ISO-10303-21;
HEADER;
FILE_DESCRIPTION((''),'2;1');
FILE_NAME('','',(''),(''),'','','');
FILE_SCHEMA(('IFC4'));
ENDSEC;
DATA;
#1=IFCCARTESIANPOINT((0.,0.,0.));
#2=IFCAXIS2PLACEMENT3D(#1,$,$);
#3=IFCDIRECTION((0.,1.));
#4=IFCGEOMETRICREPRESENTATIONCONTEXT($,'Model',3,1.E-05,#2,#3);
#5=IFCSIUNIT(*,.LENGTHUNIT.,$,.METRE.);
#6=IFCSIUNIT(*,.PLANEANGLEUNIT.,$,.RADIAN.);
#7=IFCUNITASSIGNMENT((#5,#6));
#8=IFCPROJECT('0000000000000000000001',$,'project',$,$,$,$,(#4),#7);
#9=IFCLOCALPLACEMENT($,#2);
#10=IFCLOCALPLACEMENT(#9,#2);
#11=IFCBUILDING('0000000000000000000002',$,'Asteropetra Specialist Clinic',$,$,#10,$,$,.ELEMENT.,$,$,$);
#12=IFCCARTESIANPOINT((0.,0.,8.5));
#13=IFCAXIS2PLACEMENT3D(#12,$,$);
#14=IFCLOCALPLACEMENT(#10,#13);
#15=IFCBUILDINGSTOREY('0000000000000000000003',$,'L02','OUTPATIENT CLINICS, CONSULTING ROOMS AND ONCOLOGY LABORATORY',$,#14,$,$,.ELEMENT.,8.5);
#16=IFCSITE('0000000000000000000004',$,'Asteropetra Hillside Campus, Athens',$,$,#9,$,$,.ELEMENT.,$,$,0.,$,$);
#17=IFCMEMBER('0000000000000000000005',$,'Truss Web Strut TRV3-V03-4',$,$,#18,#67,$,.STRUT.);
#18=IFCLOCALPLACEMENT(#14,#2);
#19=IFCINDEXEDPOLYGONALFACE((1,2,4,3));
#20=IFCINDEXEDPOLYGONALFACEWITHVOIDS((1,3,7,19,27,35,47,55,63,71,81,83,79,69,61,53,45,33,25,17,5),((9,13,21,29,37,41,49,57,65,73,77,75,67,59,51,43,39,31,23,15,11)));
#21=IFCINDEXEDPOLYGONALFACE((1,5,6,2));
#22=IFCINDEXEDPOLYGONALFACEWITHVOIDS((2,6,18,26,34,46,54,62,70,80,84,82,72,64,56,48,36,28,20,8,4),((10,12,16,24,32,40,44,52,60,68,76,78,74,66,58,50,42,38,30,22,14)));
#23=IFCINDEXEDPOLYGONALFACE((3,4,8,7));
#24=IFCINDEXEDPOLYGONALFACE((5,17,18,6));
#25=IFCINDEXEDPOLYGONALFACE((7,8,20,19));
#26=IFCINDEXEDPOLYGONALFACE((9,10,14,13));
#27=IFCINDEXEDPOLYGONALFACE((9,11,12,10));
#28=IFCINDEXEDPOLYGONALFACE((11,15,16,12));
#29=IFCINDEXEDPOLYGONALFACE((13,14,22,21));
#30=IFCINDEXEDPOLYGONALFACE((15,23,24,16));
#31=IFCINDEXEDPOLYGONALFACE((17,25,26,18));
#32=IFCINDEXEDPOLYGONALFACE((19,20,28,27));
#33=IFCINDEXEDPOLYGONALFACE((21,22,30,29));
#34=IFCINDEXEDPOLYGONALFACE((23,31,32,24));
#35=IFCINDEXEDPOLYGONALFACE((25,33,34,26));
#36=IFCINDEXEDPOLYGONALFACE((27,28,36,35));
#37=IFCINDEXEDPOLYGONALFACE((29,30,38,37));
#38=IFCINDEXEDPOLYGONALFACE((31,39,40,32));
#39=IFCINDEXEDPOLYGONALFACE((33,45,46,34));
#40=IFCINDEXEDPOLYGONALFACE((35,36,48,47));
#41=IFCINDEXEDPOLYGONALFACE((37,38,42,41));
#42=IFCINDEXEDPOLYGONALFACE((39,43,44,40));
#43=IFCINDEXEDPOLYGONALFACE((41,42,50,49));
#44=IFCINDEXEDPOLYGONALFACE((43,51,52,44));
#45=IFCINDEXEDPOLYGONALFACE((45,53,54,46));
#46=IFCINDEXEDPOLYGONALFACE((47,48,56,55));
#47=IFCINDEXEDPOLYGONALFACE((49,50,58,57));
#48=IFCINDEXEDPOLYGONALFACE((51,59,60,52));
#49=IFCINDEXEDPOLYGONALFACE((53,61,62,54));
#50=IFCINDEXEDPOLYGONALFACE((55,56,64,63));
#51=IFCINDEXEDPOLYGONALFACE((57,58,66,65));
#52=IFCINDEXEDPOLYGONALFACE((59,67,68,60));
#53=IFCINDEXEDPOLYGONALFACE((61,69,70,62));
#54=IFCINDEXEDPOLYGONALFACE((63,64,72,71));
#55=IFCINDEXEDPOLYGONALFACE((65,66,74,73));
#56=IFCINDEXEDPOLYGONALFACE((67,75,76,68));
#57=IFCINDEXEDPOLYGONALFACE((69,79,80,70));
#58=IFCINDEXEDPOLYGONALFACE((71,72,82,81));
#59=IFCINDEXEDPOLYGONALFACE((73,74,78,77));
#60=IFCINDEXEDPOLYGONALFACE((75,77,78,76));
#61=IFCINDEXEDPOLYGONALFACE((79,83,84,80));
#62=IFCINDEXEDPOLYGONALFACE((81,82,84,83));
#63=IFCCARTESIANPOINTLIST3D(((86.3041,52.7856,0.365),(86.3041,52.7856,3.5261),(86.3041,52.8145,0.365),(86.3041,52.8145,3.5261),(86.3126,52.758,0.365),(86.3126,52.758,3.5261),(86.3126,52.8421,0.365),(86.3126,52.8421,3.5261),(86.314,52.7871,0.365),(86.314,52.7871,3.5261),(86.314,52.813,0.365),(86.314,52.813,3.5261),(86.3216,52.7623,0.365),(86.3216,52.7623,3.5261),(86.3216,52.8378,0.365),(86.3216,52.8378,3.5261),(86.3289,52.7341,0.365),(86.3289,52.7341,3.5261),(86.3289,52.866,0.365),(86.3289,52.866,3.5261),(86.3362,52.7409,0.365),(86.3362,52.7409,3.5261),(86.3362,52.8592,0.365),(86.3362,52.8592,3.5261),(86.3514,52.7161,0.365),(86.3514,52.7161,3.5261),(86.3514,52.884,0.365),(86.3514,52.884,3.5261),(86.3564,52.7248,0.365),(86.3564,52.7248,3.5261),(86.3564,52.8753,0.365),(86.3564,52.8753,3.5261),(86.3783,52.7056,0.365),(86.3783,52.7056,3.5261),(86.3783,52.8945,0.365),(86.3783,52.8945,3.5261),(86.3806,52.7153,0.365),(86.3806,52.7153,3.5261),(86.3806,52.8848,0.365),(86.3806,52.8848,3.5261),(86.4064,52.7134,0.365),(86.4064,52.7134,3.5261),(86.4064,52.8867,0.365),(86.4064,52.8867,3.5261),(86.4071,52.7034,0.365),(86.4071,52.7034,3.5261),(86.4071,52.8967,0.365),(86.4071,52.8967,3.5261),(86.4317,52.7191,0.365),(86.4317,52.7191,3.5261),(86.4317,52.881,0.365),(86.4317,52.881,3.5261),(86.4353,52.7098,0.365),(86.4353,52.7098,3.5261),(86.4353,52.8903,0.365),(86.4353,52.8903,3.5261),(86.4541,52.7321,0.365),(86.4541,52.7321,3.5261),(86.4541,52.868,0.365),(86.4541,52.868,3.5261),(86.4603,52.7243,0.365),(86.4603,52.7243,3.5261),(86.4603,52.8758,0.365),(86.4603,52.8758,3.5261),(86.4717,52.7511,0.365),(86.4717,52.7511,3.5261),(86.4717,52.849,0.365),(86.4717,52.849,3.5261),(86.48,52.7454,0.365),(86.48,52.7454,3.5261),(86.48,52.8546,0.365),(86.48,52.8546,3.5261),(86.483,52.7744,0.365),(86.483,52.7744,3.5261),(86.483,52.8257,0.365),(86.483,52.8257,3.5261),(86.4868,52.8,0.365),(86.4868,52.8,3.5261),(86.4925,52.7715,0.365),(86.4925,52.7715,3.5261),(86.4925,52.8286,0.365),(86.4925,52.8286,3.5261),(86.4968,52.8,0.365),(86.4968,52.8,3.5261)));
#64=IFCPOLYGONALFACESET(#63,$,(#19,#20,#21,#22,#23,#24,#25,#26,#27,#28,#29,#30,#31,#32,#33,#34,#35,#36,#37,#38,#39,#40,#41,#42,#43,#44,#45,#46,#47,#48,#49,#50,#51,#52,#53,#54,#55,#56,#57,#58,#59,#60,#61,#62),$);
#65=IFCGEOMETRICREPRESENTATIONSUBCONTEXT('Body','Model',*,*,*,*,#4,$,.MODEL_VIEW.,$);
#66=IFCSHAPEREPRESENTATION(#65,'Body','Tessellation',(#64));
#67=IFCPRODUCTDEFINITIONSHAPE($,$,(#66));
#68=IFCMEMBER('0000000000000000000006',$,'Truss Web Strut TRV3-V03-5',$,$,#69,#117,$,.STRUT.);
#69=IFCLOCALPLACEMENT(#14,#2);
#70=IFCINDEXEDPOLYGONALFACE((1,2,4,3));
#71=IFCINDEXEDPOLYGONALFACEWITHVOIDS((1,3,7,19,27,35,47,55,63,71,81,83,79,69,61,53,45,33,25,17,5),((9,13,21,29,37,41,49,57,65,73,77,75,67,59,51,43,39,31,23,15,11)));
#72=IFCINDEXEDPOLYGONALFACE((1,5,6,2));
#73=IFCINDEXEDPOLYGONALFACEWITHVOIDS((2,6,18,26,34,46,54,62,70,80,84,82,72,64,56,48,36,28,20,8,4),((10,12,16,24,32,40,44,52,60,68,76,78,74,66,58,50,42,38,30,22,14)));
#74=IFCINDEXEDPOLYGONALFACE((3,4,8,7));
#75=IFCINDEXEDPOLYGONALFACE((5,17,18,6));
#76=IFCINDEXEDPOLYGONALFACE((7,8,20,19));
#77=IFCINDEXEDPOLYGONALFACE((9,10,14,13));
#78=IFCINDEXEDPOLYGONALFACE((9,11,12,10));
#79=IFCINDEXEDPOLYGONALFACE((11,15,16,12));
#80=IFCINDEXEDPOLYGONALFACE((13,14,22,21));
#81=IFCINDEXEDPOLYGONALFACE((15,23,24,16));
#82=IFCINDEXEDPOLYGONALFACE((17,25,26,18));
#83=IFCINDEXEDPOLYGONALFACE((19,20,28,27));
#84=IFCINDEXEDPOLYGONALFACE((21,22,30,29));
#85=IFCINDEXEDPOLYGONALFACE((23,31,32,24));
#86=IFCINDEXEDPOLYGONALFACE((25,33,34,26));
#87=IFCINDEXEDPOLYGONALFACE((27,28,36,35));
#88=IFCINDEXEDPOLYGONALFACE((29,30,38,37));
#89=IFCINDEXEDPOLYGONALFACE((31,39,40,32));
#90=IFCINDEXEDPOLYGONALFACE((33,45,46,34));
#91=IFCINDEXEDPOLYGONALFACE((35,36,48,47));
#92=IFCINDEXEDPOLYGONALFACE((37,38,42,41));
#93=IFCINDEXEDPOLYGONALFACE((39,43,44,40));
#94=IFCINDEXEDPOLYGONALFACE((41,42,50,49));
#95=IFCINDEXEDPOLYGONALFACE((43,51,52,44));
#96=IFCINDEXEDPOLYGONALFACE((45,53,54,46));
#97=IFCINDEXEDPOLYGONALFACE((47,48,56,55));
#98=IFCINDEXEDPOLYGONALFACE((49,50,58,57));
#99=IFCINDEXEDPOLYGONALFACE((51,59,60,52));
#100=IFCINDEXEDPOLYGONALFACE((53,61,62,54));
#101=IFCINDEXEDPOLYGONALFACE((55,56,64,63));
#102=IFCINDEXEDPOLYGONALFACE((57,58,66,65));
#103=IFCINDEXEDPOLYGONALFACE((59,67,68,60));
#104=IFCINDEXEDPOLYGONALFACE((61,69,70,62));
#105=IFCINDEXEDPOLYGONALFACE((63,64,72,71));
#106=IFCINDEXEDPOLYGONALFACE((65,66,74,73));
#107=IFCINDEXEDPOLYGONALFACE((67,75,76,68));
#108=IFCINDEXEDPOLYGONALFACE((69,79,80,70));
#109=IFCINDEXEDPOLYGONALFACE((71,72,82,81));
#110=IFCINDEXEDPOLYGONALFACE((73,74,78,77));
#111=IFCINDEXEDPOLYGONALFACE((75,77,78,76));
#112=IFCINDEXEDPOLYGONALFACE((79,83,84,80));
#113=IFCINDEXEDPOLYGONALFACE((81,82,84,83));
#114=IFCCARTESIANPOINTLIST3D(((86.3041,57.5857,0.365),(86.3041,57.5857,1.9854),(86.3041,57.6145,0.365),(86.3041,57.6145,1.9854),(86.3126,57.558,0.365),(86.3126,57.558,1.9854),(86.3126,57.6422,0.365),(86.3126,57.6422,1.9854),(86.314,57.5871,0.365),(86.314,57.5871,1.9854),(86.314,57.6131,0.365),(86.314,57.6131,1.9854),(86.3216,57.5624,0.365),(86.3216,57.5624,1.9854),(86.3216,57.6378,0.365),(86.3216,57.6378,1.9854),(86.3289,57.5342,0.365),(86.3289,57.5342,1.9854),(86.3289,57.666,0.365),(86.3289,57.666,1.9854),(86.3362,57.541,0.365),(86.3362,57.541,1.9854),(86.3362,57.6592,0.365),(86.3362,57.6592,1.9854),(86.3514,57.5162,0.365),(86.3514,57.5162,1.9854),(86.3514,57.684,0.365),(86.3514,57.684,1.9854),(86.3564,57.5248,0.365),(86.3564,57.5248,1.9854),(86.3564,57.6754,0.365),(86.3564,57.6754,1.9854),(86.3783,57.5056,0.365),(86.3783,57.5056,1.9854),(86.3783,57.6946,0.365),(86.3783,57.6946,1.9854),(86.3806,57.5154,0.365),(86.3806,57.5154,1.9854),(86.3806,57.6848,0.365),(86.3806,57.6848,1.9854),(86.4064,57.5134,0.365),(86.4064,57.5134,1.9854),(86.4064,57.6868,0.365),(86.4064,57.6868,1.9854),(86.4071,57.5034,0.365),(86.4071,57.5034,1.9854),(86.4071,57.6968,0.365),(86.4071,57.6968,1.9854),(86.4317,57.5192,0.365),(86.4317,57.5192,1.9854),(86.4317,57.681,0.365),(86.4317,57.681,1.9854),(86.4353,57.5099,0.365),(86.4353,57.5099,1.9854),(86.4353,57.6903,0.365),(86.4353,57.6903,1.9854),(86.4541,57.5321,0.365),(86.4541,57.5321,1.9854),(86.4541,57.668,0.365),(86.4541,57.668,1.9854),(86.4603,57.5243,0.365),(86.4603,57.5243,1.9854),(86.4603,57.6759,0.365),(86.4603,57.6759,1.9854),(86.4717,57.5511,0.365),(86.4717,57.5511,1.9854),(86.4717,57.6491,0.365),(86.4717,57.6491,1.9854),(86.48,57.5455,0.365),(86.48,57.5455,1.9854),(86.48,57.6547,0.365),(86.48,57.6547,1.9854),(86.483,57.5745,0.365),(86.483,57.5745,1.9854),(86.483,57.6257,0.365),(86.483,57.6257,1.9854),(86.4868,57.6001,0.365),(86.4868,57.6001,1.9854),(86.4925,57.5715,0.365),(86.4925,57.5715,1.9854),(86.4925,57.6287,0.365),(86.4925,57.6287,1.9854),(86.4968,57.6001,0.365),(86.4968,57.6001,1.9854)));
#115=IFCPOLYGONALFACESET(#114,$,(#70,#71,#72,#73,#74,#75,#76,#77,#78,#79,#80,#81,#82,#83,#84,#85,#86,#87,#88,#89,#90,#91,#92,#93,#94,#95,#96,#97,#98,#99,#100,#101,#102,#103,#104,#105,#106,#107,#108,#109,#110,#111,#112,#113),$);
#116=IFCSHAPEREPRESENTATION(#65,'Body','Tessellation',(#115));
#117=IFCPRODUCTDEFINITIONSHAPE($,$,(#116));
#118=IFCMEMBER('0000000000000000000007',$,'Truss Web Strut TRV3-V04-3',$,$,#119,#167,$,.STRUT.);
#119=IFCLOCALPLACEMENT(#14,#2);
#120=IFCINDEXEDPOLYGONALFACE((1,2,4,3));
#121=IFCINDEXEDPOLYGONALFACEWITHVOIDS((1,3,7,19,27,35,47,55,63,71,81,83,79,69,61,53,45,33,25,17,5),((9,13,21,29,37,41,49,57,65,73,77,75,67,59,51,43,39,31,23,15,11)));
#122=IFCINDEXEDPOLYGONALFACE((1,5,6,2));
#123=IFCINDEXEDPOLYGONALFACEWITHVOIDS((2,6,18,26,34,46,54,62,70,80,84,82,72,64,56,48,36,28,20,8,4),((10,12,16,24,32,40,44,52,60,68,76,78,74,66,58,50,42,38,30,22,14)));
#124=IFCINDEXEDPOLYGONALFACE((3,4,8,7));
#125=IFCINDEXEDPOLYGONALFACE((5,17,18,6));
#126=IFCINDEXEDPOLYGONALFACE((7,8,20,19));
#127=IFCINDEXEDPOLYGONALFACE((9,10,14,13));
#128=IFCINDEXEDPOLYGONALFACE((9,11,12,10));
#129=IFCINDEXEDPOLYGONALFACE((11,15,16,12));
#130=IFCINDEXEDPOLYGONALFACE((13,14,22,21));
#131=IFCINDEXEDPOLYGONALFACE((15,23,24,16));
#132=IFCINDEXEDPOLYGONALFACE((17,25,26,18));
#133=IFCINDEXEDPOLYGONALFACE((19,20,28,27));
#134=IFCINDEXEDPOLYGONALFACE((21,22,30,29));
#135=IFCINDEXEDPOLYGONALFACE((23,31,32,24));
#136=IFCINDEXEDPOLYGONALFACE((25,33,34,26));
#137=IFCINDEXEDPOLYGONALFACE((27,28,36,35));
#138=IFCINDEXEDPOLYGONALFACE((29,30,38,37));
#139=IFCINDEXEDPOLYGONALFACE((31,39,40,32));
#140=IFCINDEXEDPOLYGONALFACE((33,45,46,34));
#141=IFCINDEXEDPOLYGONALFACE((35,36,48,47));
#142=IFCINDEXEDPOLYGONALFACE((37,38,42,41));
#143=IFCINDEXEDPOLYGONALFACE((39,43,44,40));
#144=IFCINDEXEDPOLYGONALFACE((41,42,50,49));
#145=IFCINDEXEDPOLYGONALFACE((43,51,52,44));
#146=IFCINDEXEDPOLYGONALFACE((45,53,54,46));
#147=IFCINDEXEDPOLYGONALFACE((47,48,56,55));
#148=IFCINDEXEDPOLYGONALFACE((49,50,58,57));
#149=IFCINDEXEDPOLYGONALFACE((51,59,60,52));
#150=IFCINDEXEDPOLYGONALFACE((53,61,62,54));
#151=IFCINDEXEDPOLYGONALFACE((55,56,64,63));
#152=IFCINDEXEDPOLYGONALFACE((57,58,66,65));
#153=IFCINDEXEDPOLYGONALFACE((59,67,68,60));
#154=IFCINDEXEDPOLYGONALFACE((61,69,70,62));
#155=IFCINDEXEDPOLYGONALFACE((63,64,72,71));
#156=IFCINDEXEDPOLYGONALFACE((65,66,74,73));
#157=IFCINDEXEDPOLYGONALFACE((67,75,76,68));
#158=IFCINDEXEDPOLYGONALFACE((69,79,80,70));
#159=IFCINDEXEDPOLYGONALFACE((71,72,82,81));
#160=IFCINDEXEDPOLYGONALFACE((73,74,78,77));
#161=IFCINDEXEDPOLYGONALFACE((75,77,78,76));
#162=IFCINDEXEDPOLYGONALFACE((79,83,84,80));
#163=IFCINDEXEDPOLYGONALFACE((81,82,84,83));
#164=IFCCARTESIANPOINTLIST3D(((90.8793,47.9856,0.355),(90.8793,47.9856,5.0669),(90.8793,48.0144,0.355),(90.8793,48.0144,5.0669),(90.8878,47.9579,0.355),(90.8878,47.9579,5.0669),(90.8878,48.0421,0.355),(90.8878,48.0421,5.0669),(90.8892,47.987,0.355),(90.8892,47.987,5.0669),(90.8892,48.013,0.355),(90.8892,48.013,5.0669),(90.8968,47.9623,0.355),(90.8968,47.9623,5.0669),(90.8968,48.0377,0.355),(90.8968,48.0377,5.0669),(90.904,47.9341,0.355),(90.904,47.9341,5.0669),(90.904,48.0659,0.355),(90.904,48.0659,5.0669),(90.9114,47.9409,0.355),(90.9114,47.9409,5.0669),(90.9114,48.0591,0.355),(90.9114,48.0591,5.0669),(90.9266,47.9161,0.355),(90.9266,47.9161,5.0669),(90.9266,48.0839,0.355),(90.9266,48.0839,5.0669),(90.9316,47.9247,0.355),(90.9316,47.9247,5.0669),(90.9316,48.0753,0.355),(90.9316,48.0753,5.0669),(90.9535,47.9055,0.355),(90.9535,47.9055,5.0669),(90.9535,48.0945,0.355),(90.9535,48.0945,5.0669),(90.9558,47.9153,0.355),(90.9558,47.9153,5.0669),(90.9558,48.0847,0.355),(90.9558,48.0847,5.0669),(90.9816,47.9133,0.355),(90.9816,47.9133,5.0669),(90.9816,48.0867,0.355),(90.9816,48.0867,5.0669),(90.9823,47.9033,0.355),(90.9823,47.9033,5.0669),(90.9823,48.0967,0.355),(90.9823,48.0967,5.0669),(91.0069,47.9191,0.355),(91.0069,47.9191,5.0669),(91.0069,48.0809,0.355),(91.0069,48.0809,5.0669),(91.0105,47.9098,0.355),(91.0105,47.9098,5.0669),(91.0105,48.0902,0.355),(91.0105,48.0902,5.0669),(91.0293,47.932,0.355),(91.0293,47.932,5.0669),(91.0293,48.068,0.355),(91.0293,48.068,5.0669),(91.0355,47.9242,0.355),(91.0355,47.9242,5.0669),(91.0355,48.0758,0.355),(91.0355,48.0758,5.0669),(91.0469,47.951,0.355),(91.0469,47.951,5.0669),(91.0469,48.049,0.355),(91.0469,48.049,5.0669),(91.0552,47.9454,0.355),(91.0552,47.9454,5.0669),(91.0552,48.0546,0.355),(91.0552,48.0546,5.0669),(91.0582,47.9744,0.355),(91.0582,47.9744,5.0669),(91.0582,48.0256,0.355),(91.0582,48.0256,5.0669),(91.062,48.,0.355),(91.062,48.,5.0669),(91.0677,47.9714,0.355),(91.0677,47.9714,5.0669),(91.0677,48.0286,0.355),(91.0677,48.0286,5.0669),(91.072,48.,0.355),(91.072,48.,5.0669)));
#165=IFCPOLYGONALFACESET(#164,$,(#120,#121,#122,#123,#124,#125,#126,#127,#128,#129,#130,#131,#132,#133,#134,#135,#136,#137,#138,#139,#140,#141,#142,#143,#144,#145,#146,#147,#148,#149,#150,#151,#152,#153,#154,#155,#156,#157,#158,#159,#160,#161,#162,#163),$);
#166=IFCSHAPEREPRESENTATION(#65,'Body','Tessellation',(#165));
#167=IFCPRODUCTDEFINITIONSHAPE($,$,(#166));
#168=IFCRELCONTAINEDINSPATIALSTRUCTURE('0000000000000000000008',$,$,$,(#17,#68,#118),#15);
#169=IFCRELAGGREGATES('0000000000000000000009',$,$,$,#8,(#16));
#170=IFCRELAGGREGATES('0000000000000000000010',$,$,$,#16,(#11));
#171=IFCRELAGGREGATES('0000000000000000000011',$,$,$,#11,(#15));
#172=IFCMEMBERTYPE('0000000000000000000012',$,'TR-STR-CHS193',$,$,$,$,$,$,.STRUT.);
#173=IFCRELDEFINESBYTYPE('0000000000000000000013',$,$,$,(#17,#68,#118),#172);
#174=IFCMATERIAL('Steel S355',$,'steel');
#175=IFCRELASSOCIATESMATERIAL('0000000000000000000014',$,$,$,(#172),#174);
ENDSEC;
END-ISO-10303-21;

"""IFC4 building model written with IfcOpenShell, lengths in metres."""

from ifc_helpers import new_model, si_unit, direction, frame, origin, origin_2d, place, context, subcontext, project, spatial, hollow_circle, extrude, material, material_profile, profile_set, type_object, element, save


model = new_model("IFC4")

# Units and contexts
model_context = context("Model", 3, precision=1e-05, world=origin(), true_north=direction((0.0, 1.0)))
body_context = subcontext(model_context, "Body", "Model", "MODEL_VIEW")
ifc_project = project(units=[si_unit("LENGTHUNIT", "METRE"), si_unit("PLANEANGLEUNIT", "RADIAN")], contexts=[model_context])

# Site, building, storey
site_placement = place(None, origin())
site = spatial("IfcSite", under=ifc_project, at=site_placement, Name="Asteropetra Hillside Campus, Athens", CompositionType="ELEMENT", RefElevation=0.0)
building_placement = place(site_placement, origin())
building = spatial("IfcBuilding", under=site, at=building_placement, Name="Asteropetra Specialist Clinic", CompositionType="ELEMENT")
storey_placement = place(building_placement, frame((0.0, 0.0, 8.5)))
storey = spatial("IfcBuildingStorey", under=building, at=storey_placement, Name="L02", Description="OUTPATIENT CLINICS, CONSULTING ROOMS AND ONCOLOGY LABORATORY", CompositionType="ELEMENT", Elevation=8.5)

# Members
ifc_material_1 = material(Name="Steel S355", Category="steel")
ifc_material_profile_1 = material_profile(ifc_material_1, hollow_circle(Radius=0.0969, WallThickness=0.01, at=origin_2d()), Name="CHS 193.7x10.0")
ifc_profile_set_1 = profile_set([ifc_material_profile_1], Name="Steel S355")
member_type_1 = type_object("IfcMemberType", Name="TR-STR-CHS193", PredefinedType="STRUT", material=ifc_profile_set_1)
member_1_placement = place(storey_placement, frame((86.3999, 52.8, 0.365), z_axis=(0.0, 0.0, 1.0), x_axis=(1.0, 0.0, 0.0)))
element("IfcMember", 1, at=member_1_placement, inside=storey, type_object=member_type_1, Name="Truss Web Strut TRV3-V03-4", PredefinedType="STRUT", context=body_context, shape_type="SweptSolid", body=[
    extrude(hollow_circle(Radius=0.0969, WallThickness=0.01, at=origin_2d()), origin(), (0.0, 0.0, 1.0), 3.1611),
])
member_2_placement = place(storey_placement, frame((86.3999, 57.6001, 0.365), z_axis=(0.0, 0.0, 1.0), x_axis=(1.0, 0.0, 0.0)))
element("IfcMember", 2, at=member_2_placement, inside=storey, type_object=member_type_1, Name="Truss Web Strut TRV3-V03-5", PredefinedType="STRUT", context=body_context, shape_type="SweptSolid", body=[
    extrude(hollow_circle(Radius=0.0969, WallThickness=0.01, at=origin_2d()), origin(), (0.0, 0.0, 1.0), 1.6204),
])
member_3_placement = place(storey_placement, frame((90.9751, 48.0, 0.355), z_axis=(0.0, 0.0, 1.0), x_axis=(1.0, 0.0, 0.0)))
element("IfcMember", 3, at=member_3_placement, inside=storey, type_object=member_type_1, Name="Truss Web Strut TRV3-V04-3", PredefinedType="STRUT", context=body_context, shape_type="SweptSolid", body=[
    extrude(hollow_circle(Radius=0.0969, WallThickness=0.01, at=origin_2d()), origin(), (0.0, 0.0, 1.0), 4.7119),
])

save(model, "model.ifc")
